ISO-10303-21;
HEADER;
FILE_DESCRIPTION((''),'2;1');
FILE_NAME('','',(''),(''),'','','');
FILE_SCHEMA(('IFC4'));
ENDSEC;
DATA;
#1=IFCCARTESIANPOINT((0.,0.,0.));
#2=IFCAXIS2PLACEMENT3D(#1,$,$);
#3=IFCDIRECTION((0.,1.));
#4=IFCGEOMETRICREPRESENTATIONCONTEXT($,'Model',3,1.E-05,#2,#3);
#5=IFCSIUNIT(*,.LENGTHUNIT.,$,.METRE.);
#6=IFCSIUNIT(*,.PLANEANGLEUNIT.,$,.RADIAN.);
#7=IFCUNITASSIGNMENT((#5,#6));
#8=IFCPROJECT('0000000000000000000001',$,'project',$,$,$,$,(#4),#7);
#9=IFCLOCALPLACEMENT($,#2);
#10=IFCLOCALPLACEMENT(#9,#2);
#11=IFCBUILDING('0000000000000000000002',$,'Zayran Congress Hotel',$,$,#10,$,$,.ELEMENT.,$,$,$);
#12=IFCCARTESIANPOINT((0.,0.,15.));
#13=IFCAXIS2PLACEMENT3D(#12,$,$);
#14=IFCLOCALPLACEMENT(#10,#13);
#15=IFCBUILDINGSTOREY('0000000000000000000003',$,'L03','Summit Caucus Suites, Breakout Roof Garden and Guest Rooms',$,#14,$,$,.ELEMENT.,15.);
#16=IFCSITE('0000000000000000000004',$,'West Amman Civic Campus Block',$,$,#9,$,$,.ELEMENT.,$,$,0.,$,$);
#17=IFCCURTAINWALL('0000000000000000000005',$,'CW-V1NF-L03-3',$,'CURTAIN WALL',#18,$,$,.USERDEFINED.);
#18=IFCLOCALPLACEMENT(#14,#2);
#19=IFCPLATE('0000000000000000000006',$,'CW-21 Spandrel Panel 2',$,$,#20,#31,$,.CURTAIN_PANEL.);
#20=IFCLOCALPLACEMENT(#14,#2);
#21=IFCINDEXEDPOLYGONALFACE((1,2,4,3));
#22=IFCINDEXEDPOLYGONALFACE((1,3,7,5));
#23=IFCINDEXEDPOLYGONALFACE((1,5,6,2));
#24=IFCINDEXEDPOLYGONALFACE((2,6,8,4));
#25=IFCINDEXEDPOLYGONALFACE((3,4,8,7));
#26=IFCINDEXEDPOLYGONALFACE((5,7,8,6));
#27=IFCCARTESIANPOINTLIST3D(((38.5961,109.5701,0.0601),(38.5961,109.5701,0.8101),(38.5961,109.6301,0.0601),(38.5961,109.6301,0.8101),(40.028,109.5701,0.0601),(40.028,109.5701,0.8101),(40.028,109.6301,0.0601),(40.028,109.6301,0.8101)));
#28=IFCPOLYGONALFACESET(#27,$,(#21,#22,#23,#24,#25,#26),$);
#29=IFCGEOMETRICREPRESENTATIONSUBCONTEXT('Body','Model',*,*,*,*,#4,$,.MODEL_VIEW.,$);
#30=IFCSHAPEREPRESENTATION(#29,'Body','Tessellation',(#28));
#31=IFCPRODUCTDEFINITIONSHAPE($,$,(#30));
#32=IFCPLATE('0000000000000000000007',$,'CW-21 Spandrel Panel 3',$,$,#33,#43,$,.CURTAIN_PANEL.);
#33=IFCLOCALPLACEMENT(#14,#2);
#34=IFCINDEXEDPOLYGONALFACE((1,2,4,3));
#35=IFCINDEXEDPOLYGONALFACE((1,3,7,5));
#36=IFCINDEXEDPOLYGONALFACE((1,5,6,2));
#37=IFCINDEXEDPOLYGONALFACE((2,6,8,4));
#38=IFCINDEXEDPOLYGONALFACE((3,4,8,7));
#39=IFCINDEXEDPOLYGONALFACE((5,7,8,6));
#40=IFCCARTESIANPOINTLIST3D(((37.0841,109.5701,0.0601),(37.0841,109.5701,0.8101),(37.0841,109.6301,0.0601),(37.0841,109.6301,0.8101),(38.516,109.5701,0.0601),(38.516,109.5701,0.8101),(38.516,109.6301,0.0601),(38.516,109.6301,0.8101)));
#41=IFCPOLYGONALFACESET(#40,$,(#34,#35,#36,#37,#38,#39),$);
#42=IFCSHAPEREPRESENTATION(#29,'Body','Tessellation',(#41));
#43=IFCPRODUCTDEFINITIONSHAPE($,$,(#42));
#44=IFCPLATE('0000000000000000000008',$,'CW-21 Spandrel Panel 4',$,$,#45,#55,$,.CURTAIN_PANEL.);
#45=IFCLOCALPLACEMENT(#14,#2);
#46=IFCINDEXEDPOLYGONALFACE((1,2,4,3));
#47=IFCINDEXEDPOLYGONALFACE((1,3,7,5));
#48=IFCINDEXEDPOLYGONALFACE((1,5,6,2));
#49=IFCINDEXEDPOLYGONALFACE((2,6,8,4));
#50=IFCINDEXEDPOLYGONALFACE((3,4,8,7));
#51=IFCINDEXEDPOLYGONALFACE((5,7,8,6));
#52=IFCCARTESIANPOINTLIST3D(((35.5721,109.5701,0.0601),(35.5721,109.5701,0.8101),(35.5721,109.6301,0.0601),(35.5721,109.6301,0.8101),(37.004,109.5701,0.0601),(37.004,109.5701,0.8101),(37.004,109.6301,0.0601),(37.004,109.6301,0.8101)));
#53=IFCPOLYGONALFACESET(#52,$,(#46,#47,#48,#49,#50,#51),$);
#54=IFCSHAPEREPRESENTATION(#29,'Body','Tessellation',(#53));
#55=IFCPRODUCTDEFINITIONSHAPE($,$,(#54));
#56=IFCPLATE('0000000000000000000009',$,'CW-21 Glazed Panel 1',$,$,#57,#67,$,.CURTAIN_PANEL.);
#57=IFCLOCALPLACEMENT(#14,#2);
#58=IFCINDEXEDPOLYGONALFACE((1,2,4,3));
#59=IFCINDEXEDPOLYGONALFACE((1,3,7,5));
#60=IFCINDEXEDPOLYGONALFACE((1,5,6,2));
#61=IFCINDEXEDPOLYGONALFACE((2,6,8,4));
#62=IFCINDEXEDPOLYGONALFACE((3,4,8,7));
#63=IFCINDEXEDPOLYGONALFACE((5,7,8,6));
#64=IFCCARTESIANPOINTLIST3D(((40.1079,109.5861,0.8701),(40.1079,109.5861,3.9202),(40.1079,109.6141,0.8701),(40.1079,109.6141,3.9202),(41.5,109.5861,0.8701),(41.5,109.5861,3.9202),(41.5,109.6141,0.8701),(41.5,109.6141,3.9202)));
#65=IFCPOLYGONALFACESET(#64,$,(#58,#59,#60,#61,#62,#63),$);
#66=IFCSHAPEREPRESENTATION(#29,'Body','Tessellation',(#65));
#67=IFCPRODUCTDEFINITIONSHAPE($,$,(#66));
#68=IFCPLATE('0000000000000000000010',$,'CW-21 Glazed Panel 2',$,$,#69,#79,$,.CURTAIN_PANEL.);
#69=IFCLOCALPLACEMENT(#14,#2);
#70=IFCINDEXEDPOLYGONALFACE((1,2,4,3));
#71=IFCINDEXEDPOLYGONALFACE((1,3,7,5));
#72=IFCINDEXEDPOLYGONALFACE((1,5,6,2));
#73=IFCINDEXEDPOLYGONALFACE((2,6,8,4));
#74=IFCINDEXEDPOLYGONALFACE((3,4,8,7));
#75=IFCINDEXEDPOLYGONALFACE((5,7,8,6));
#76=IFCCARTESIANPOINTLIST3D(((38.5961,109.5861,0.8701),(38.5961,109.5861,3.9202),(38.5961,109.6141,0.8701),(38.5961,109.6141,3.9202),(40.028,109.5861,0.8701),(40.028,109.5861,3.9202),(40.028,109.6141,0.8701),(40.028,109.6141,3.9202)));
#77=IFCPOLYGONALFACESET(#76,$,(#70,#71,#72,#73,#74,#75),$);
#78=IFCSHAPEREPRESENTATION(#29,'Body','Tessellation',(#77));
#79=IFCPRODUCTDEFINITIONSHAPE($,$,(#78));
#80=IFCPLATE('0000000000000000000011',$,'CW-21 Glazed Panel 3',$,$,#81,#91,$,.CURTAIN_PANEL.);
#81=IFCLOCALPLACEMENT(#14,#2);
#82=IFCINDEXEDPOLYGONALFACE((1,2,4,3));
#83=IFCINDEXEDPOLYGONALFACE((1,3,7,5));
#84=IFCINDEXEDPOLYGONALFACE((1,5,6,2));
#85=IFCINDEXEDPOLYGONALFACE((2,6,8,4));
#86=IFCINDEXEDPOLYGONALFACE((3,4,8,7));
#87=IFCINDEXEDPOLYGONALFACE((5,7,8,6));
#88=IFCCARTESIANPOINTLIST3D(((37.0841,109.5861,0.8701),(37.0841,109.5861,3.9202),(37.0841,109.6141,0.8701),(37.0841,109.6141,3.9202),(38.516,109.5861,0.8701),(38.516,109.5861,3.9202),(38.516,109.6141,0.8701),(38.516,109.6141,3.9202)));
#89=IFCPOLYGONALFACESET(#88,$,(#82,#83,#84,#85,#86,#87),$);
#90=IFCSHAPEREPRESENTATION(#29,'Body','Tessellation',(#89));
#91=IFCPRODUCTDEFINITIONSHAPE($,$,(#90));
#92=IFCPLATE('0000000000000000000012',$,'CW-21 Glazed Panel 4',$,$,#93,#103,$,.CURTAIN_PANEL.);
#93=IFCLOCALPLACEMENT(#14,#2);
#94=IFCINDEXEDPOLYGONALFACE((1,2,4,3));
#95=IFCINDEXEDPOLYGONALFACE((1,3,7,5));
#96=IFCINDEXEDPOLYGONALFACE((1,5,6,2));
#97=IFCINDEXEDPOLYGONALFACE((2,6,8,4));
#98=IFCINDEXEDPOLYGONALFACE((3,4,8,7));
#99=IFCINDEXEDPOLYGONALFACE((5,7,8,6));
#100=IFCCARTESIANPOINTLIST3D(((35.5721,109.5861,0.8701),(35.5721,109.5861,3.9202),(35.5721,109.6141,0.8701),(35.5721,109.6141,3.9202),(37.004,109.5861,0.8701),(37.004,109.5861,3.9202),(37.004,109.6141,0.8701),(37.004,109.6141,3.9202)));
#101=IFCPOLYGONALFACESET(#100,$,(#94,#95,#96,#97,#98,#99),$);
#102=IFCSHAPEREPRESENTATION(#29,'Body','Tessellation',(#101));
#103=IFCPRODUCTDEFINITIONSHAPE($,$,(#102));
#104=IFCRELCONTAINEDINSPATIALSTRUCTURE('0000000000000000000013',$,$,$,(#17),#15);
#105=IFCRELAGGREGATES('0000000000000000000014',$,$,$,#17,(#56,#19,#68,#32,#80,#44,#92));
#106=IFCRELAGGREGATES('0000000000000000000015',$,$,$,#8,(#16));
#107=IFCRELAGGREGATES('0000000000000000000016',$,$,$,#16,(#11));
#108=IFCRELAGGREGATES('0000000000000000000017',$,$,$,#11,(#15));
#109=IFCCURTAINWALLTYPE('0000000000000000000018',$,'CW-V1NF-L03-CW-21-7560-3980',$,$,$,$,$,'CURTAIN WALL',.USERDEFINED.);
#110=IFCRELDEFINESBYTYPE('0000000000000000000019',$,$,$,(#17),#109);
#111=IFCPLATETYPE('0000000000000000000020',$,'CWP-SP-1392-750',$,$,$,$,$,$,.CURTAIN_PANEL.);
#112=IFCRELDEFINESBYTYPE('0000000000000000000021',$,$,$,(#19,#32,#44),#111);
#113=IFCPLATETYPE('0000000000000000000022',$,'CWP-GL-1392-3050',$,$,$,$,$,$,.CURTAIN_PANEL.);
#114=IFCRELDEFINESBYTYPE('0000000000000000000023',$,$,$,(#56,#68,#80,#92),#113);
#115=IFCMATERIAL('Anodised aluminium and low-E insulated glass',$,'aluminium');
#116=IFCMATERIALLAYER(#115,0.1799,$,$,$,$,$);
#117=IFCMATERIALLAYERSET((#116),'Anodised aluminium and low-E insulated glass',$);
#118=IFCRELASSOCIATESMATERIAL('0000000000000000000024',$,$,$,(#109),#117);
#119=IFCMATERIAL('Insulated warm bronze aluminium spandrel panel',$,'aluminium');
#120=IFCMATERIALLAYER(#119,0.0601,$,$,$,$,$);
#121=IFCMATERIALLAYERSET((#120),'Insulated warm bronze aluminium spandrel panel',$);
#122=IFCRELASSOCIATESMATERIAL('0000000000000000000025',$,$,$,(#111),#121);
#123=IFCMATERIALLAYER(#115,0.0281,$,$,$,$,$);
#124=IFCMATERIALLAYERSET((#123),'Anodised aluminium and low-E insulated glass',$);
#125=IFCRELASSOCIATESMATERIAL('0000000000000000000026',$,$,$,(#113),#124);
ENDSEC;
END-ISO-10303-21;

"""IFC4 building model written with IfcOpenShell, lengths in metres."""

from ifc_helpers import new_model, si_unit, direction, frame, origin, origin_2d, place, context, subcontext, project, spatial, rectangle, extrude, material, layer, layer_set, type_object, element, aggregate, save


model = new_model("IFC4")

# Units and contexts
model_context = context("Model", 3, precision=1e-05, world=origin(), true_north=direction((0.0, 1.0)))
body_context = subcontext(model_context, "Body", "Model", "MODEL_VIEW")
ifc_project = project(units=[si_unit("LENGTHUNIT", "METRE"), si_unit("PLANEANGLEUNIT", "RADIAN")], contexts=[model_context])

# Site, building, storey
site_placement = place(None, origin())
site = spatial("IfcSite", under=ifc_project, at=site_placement, Name="West Amman Civic Campus Block", CompositionType="ELEMENT", RefElevation=0.0)
building_placement = place(site_placement, origin())
building = spatial("IfcBuilding", under=site, at=building_placement, Name="Zayran Congress Hotel", CompositionType="ELEMENT")
storey_placement = place(building_placement, frame((0.0, 0.0, 15.0)))
storey = spatial("IfcBuildingStorey", under=building, at=storey_placement, Name="L03", Description="Summit Caucus Suites, Breakout Roof Garden and Guest Rooms", CompositionType="ELEMENT", Elevation=15.0)

# Curtain wall, plates
ifc_material_1 = material(Name="Anodised aluminium and low-E insulated glass", Category="aluminium")
ifc_layer_1 = layer(ifc_material_1, 0.1799)
ifc_layer_set_1 = layer_set([ifc_layer_1], Name="Anodised aluminium and low-E insulated glass")
curtain_wall_type = type_object("IfcCurtainWallType", Name="CW-V1NF-L03-CW-21-7560-3980", ElementType="CURTAIN WALL", PredefinedType="USERDEFINED", material=ifc_layer_set_1)
curtain_wall_placement = place(storey_placement, origin())
curtain_wall = element("IfcCurtainWall", 1, at=curtain_wall_placement, inside=storey, type_object=curtain_wall_type, Name="CW-V1NF-L03-3", ObjectType="CURTAIN WALL", PredefinedType="USERDEFINED")
ifc_material_2 = material(Name="Insulated warm bronze aluminium spandrel panel", Category="aluminium")
ifc_layer_2 = layer(ifc_material_2, 0.0601)
ifc_layer_set_2 = layer_set([ifc_layer_2], Name="Insulated warm bronze aluminium spandrel panel")
plate_type_1 = type_object("IfcPlateType", Name="CWP-SP-1392-750", PredefinedType="CURTAIN_PANEL", material=ifc_layer_set_2)
plate_1_placement = place(storey_placement, frame((39.312, 109.6001, 0.0601), z_axis=(0.0, 0.0, 1.0), x_axis=(1.0, 0.0, 0.0)))
plate_1 = element("IfcPlate", 2, at=plate_1_placement, type_object=plate_type_1, Name="CW-21 Spandrel Panel 2", PredefinedType="CURTAIN_PANEL", context=body_context, shape_type="SweptSolid", body=[
    extrude(rectangle(XDim=1.4319, YDim=0.0601, at=origin_2d()), origin(), (0.0, 0.0, 1.0), 0.75),
])
plate_2_placement = place(storey_placement, frame((37.8, 109.6001, 0.0601), z_axis=(0.0, 0.0, 1.0), x_axis=(1.0, 0.0, 0.0)))
plate_2 = element("IfcPlate", 3, at=plate_2_placement, type_object=plate_type_1, Name="CW-21 Spandrel Panel 3", PredefinedType="CURTAIN_PANEL", context=body_context, shape_type="SweptSolid", body=[
    extrude(rectangle(XDim=1.4319, YDim=0.0601, at=origin_2d()), origin(), (0.0, 0.0, 1.0), 0.75),
])
plate_3_placement = place(storey_placement, frame((36.2881, 109.6001, 0.0601), z_axis=(0.0, 0.0, 1.0), x_axis=(1.0, 0.0, 0.0)))
plate_3 = element("IfcPlate", 4, at=plate_3_placement, type_object=plate_type_1, Name="CW-21 Spandrel Panel 4", PredefinedType="CURTAIN_PANEL", context=body_context, shape_type="SweptSolid", body=[
    extrude(rectangle(XDim=1.4319, YDim=0.0601, at=origin_2d()), origin(), (0.0, 0.0, 1.0), 0.75),
])
ifc_layer_3 = layer(ifc_material_1, 0.0281)
ifc_layer_set_3 = layer_set([ifc_layer_3], Name="Anodised aluminium and low-E insulated glass")
plate_type_2 = type_object("IfcPlateType", Name="CWP-GL-1392-3050", PredefinedType="CURTAIN_PANEL", material=ifc_layer_set_3)
plate_4_placement = place(storey_placement, frame((40.804, 109.6001, 0.8701), z_axis=(0.0, 0.0, 1.0), x_axis=(1.0, 0.0, 0.0)))
plate_4 = element("IfcPlate", 5, at=plate_4_placement, type_object=plate_type_2, Name="CW-21 Glazed Panel 1", PredefinedType="CURTAIN_PANEL", context=body_context, shape_type="SweptSolid", body=[
    extrude(rectangle(XDim=1.3921, YDim=0.0281, at=origin_2d()), origin(), (0.0, 0.0, 1.0), 3.05),
])
plate_5_placement = place(storey_placement, frame((39.312, 109.6001, 0.8701), z_axis=(0.0, 0.0, 1.0), x_axis=(1.0, 0.0, 0.0)))
plate_5 = element("IfcPlate", 6, at=plate_5_placement, type_object=plate_type_2, Name="CW-21 Glazed Panel 2", PredefinedType="CURTAIN_PANEL", context=body_context, shape_type="SweptSolid", body=[
    extrude(rectangle(XDim=1.4319, YDim=0.0281, at=origin_2d()), origin(), (0.0, 0.0, 1.0), 3.05),
])
plate_6_placement = place(storey_placement, frame((37.8, 109.6001, 0.8701), z_axis=(0.0, 0.0, 1.0), x_axis=(1.0, 0.0, 0.0)))
plate_6 = element("IfcPlate", 7, at=plate_6_placement, type_object=plate_type_2, Name="CW-21 Glazed Panel 3", PredefinedType="CURTAIN_PANEL", context=body_context, shape_type="SweptSolid", body=[
    extrude(rectangle(XDim=1.4319, YDim=0.0281, at=origin_2d()), origin(), (0.0, 0.0, 1.0), 3.05),
])
plate_7_placement = place(storey_placement, frame((36.2881, 109.6001, 0.8701), z_axis=(0.0, 0.0, 1.0), x_axis=(1.0, 0.0, 0.0)))
plate_7 = element("IfcPlate", 8, at=plate_7_placement, type_object=plate_type_2, Name="CW-21 Glazed Panel 4", PredefinedType="CURTAIN_PANEL", context=body_context, shape_type="SweptSolid", body=[
    extrude(rectangle(XDim=1.4319, YDim=0.0281, at=origin_2d()), origin(), (0.0, 0.0, 1.0), 3.05),
])
aggregate(curtain_wall, [plate_4, plate_1, plate_5, plate_2, plate_6, plate_3, plate_7])

save(model, "model.ifc")
